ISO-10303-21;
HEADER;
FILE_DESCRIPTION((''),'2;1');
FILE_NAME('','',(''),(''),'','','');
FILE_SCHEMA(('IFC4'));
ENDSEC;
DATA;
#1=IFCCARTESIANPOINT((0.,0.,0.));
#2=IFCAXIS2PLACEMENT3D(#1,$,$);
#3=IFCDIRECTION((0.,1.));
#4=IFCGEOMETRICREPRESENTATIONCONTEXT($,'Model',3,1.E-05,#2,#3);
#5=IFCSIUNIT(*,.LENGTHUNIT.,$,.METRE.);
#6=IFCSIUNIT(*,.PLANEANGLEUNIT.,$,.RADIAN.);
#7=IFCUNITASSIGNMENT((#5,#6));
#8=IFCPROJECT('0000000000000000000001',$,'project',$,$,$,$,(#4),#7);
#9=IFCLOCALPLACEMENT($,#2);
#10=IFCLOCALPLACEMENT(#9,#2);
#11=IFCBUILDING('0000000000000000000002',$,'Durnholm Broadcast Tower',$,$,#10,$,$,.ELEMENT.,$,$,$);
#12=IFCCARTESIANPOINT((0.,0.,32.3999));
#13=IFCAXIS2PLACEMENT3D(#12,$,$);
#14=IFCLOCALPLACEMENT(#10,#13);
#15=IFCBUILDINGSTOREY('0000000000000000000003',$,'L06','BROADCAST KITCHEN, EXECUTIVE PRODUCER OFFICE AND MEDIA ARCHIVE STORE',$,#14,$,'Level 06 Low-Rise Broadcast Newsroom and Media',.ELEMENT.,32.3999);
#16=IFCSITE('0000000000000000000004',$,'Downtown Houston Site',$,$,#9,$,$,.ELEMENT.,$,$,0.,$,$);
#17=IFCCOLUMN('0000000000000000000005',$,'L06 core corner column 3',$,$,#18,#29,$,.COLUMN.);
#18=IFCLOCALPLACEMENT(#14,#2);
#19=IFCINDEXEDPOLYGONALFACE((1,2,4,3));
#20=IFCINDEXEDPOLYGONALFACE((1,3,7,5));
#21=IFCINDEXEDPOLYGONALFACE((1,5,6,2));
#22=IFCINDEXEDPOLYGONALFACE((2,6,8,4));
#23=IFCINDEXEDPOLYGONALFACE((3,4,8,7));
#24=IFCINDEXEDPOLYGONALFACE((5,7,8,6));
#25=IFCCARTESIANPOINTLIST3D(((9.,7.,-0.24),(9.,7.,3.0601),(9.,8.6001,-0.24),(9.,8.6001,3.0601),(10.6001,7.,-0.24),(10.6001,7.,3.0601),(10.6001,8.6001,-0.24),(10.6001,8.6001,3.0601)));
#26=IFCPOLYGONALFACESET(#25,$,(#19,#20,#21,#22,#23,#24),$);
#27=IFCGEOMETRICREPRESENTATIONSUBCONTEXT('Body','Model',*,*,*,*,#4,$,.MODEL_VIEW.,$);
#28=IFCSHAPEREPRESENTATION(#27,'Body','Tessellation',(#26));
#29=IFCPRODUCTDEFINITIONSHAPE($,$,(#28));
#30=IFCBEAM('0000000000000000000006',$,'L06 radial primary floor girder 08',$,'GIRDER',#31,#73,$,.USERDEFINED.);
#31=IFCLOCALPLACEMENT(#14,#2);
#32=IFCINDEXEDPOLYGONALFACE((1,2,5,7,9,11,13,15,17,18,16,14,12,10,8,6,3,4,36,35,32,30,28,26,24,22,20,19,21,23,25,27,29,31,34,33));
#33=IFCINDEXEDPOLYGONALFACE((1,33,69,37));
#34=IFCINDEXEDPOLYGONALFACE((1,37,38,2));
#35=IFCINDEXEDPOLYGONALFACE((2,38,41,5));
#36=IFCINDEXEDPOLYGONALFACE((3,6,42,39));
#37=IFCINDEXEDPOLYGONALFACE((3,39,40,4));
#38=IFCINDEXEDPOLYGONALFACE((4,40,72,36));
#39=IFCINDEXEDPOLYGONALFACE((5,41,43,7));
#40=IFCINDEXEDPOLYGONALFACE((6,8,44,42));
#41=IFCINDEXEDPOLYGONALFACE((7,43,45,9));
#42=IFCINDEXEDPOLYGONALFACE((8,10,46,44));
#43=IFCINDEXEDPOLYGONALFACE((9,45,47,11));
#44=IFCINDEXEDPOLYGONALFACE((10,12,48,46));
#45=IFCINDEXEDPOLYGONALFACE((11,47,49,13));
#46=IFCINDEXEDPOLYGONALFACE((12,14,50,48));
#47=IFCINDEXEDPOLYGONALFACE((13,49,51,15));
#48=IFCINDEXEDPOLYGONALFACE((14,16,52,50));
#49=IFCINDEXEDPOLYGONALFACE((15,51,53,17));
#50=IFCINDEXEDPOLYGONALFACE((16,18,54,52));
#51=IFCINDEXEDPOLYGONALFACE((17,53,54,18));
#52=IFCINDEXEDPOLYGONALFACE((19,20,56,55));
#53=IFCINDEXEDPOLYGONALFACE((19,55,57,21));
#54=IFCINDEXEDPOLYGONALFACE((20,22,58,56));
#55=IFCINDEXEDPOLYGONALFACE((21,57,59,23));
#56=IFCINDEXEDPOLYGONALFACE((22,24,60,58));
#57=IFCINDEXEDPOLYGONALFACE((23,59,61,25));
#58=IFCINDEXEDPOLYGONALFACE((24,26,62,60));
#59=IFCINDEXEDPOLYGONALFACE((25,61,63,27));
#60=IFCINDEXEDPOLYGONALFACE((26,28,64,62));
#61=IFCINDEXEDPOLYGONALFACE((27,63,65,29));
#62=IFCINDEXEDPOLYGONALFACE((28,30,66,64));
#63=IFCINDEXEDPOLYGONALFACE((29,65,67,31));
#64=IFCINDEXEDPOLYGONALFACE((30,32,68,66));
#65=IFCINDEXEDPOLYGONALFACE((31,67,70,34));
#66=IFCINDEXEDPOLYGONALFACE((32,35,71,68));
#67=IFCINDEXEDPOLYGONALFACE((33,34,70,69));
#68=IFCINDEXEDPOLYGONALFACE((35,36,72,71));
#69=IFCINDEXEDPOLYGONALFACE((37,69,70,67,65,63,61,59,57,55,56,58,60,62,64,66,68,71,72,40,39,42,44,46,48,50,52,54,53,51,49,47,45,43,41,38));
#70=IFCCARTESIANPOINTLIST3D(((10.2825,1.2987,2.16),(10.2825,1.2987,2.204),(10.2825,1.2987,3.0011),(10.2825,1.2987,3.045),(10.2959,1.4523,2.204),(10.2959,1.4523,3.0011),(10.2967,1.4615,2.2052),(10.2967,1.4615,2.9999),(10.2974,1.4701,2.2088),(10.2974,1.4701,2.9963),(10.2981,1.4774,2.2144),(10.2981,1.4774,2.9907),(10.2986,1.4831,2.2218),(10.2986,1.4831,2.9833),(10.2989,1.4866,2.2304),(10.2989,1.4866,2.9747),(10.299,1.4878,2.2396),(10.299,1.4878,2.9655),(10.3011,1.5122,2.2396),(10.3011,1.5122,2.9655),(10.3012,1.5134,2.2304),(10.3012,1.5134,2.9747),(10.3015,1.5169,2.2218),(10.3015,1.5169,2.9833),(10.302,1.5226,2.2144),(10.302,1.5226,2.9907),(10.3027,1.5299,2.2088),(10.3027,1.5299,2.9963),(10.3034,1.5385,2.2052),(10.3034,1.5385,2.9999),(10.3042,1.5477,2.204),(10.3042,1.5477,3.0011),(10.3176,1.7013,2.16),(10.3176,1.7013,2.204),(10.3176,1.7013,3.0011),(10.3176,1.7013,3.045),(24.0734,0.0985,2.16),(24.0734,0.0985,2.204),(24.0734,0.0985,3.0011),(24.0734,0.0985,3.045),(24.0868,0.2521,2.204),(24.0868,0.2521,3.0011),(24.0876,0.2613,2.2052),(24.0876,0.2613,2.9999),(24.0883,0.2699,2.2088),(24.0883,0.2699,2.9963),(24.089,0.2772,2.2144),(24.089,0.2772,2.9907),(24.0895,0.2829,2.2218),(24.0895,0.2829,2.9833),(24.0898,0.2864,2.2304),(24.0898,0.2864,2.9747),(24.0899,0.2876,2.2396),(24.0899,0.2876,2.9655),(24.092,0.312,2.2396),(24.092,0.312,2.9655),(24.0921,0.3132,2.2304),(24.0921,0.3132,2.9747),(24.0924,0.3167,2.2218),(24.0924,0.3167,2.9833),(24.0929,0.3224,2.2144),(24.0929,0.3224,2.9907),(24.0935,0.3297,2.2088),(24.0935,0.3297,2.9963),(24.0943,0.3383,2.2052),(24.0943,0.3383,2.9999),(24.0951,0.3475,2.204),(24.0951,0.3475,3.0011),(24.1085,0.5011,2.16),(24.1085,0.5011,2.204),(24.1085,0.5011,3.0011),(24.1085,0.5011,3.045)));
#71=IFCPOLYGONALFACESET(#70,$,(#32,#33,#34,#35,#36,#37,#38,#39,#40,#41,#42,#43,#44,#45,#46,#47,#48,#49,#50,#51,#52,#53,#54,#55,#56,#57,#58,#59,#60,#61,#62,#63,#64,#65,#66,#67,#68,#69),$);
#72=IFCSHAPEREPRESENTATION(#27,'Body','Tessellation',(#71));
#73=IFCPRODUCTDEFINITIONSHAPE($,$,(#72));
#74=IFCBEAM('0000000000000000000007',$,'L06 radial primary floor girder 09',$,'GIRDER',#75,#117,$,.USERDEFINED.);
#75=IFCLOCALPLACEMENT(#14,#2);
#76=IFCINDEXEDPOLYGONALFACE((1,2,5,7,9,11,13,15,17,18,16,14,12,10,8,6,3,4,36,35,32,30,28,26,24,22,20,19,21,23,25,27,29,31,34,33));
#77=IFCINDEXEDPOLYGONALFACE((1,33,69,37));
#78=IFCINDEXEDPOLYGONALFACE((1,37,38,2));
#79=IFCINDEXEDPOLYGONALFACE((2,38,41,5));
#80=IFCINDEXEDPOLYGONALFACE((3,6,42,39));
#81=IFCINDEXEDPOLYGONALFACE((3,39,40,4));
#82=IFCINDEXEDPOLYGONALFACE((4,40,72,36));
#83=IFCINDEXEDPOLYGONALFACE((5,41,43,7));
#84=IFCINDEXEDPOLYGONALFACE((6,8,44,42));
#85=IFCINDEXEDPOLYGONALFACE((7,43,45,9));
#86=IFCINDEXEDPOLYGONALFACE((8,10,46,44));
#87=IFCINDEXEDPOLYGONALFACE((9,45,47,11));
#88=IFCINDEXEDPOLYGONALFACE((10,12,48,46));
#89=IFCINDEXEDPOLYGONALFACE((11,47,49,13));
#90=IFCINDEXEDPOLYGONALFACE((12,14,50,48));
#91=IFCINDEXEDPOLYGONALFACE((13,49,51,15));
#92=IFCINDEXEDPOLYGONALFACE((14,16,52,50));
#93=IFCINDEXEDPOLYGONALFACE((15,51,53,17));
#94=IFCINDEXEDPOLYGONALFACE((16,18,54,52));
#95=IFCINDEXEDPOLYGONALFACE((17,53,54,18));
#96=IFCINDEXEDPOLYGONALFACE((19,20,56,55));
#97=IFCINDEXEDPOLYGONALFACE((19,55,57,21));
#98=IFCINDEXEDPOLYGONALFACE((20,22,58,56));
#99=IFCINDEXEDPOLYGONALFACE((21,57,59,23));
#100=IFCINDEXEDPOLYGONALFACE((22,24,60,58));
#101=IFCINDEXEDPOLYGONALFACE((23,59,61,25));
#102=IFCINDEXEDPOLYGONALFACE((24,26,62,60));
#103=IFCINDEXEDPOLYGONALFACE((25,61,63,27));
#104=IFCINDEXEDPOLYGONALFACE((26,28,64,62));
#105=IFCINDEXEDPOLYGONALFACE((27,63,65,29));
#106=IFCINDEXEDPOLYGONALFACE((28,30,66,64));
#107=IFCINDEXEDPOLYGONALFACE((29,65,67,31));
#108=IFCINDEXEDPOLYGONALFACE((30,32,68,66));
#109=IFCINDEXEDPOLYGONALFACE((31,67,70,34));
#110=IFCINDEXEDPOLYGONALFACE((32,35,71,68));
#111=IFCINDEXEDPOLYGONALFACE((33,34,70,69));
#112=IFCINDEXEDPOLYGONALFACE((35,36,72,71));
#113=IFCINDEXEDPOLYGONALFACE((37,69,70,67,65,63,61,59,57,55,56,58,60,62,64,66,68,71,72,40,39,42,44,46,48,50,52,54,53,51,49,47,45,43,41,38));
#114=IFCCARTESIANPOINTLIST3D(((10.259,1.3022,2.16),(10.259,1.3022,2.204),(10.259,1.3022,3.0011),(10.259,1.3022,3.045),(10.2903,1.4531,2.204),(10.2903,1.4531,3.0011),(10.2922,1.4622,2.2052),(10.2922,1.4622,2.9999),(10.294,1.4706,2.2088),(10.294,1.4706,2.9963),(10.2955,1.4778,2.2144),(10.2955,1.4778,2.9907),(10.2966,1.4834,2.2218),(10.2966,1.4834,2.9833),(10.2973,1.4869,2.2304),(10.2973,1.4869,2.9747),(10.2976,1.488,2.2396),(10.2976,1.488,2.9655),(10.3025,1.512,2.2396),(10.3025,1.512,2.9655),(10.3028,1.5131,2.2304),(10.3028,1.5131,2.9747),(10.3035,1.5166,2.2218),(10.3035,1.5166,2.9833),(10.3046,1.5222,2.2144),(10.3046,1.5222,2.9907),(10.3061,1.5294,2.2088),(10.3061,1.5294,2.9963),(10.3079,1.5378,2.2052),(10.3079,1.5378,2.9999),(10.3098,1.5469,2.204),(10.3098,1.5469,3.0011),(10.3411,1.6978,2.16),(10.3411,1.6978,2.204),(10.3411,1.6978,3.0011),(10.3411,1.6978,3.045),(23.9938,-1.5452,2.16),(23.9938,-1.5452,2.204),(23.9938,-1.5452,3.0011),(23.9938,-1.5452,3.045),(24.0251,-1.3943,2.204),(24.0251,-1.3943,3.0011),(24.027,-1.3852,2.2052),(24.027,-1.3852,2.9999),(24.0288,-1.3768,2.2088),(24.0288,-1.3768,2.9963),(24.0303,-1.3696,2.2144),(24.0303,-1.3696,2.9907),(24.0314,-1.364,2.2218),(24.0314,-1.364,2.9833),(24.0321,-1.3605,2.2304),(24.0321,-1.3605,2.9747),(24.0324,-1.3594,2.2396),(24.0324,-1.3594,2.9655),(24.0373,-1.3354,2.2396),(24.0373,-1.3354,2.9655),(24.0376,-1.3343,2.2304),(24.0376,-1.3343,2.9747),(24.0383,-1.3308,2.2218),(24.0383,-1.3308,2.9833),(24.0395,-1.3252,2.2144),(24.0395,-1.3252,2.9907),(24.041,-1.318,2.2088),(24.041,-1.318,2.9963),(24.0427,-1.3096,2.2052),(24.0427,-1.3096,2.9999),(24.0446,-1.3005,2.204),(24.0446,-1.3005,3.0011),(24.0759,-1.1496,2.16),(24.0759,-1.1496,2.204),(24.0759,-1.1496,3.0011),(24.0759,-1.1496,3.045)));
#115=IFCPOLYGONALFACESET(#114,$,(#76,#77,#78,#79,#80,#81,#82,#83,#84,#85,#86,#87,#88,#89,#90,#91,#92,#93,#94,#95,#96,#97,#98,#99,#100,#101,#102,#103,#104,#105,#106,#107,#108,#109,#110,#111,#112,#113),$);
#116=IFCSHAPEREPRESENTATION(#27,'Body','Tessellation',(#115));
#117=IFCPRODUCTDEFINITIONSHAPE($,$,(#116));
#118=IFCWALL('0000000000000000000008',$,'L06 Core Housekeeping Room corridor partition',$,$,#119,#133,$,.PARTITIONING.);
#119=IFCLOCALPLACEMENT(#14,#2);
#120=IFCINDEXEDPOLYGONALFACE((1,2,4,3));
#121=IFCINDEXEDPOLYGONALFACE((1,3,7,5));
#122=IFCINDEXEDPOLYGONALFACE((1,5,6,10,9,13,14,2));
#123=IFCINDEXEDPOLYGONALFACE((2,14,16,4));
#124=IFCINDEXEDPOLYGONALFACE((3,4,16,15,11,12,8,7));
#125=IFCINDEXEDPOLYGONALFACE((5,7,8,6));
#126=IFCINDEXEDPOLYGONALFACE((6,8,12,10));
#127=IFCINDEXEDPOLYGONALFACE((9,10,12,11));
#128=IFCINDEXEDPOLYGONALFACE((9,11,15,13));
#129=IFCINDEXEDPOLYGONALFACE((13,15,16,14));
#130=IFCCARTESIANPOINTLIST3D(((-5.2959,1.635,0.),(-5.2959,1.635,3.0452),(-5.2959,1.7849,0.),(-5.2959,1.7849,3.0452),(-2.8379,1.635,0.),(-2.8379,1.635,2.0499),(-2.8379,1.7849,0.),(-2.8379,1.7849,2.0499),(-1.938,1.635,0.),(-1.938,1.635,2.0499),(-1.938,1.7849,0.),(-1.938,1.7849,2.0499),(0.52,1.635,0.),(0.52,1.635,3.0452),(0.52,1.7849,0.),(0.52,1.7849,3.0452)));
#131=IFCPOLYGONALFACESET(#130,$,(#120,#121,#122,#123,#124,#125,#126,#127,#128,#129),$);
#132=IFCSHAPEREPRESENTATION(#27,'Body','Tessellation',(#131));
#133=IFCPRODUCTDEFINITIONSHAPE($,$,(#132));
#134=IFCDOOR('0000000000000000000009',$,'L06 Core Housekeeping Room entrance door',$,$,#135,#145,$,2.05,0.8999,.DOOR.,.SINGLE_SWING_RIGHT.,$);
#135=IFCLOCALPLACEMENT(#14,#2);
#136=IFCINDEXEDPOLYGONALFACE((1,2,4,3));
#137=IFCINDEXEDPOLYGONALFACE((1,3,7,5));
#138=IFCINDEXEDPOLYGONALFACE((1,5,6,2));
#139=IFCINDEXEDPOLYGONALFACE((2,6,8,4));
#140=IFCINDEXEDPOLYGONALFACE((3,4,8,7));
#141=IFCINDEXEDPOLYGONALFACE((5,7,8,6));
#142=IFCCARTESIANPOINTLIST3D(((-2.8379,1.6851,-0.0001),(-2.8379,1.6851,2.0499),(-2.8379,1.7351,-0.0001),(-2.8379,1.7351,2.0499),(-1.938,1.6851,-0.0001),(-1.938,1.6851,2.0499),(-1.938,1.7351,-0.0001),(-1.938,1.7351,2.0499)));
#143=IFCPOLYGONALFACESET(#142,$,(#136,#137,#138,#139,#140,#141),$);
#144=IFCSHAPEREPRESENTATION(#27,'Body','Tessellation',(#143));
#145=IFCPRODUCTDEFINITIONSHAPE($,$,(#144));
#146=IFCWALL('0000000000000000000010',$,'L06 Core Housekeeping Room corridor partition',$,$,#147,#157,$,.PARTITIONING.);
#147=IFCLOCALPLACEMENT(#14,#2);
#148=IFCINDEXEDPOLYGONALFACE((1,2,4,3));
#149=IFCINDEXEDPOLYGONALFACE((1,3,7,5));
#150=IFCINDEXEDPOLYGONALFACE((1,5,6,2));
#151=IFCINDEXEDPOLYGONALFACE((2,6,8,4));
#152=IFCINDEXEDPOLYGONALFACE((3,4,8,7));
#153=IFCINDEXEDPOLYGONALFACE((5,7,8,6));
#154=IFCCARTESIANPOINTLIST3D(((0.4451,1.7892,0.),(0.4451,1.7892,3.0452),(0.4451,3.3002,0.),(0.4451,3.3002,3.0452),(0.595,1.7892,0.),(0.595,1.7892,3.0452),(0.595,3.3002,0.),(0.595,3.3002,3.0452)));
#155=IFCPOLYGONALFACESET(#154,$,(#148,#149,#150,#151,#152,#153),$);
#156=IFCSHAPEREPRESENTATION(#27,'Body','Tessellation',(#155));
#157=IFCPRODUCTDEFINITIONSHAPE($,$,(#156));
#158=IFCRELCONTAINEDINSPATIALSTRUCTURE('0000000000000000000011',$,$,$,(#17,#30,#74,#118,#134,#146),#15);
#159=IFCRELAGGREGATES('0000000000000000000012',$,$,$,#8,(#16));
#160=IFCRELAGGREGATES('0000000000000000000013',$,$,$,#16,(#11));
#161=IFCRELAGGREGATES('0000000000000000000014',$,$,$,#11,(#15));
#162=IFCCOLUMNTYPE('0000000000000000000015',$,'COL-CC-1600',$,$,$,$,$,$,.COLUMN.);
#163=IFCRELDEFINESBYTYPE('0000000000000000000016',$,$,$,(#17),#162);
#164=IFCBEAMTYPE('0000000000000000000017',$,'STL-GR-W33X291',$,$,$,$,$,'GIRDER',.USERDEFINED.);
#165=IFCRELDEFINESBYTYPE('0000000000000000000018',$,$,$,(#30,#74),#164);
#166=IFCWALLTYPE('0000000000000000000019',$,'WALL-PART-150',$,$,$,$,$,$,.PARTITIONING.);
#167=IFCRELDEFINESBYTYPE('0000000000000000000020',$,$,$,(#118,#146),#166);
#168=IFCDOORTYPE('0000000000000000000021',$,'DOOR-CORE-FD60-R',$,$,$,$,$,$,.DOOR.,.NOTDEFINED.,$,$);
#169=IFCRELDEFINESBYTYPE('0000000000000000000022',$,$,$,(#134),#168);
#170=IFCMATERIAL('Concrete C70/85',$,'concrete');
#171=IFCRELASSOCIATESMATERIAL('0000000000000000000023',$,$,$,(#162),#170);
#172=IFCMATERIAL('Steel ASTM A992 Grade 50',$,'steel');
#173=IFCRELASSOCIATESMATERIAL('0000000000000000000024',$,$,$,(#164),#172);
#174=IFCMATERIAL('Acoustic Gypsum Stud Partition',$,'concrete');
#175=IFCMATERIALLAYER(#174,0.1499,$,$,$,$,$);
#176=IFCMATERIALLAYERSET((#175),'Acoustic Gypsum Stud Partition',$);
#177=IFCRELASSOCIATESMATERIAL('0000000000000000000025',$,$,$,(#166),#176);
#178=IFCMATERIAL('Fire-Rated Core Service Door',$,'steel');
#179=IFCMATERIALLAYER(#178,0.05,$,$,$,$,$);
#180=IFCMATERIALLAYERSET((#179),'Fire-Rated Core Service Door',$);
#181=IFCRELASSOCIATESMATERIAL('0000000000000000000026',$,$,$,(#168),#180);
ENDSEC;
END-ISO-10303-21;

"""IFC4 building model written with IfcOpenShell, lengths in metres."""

from ifc_helpers import new_model, si_unit, direction, frame, frame_2d, origin, origin_2d, place, context, subcontext, project, spatial, rectangle, i_section, extrude, source, transform, mapped, material, layer, layer_set, material_profile, profile_set, type_object, type_shapes, element, fill, save


model = new_model("IFC4")

# Units and contexts
model_context = context("Model", 3, precision=1e-05, world=origin(), true_north=direction((0.0, 1.0)))
body_context = subcontext(model_context, "Body", "Model", "MODEL_VIEW")
ifc_project = project(units=[si_unit("LENGTHUNIT", "METRE"), si_unit("PLANEANGLEUNIT", "RADIAN")], contexts=[model_context])

# Site, building, storey
site_placement = place(None, origin())
site = spatial("IfcSite", under=ifc_project, at=site_placement, Name="Downtown Houston Site", CompositionType="ELEMENT", RefElevation=0.0)
building_placement = place(site_placement, origin())
building = spatial("IfcBuilding", under=site, at=building_placement, Name="Durnholm Broadcast Tower", CompositionType="ELEMENT")
storey_placement = place(building_placement, frame((0.0, 0.0, 32.3999)))
storey = spatial("IfcBuildingStorey", under=building, at=storey_placement, Name="L06", Description="BROADCAST KITCHEN, EXECUTIVE PRODUCER OFFICE AND MEDIA ARCHIVE STORE", LongName="Level 06 Low-Rise Broadcast Newsroom and Media", CompositionType="ELEMENT", Elevation=32.3999)

# Column
ifc_material_1 = material(Name="Concrete C70/85", Category="concrete")
ifc_material_profile_1 = material_profile(ifc_material_1, rectangle(XDim=1.6001, YDim=1.6001, at=origin_2d()), Name="RC1600X1600")
ifc_profile_set_1 = profile_set([ifc_material_profile_1], Name="Concrete C70/85")
column_type = type_object("IfcColumnType", Name="COL-CC-1600", PredefinedType="COLUMN", material=ifc_profile_set_1)
shared_shape_1 = source(origin(), body_context, "Body", "SweptSolid", [
    extrude(rectangle(XDim=1.6001, YDim=1.6001, at=origin_2d()), origin(), (0.0, 0.0, 1.0), 3.3),
])
type_shapes(column_type, [shared_shape_1])
column_placement = place(storey_placement, frame((9.8, 7.8, -0.24), z_axis=(0.0, 0.0, 1.0), x_axis=(1.0, 0.0, 0.0)))
element("IfcColumn", 1, at=column_placement, inside=storey, type_object=column_type, Name="L06 core corner column 3", PredefinedType="COLUMN", context=body_context, shape_type="MappedRepresentation", body=[
    mapped(shared_shape_1, transform((0.0, 0.0, 0.0), x_axis=(1.0, 0.0, 0.0), y_axis=(0.0, 1.0, 0.0), z_axis=(0.0, 0.0, 1.0), scale=1.0)),
])

# Beams
ifc_material_2 = material(Name="Steel ASTM A992 Grade 50", Category="steel")
ifc_material_profile_2 = material_profile(ifc_material_2, i_section(OverallWidth=0.4041, OverallDepth=0.885, WebThickness=0.0244, FlangeThickness=0.0439, FilletRadius=0.0356, at=origin_2d()), Name="W33X291")
ifc_profile_set_2 = profile_set([ifc_material_profile_2], Name="Steel ASTM A992 Grade 50")
beam_type = type_object("IfcBeamType", Name="STL-GR-W33X291", ElementType="GIRDER", PredefinedType="USERDEFINED", material=ifc_profile_set_2)
shared_shape_2 = source(origin(), body_context, "Body", "SweptSolid", [
    extrude(i_section(OverallWidth=0.4041, OverallDepth=0.885, WebThickness=0.0244, FlangeThickness=0.0439, FilletRadius=0.0356, at=origin_2d()), origin(), (0.0, 0.0, 1.0), 13.843),
])
beam_1_placement = place(storey_placement, frame((10.3, 1.5, 2.6025), z_axis=(0.996234, -0.086701, 0.0), x_axis=(0.086701, 0.996234, 0.0)))
element("IfcBeam", 2, at=beam_1_placement, inside=storey, type_object=beam_type, Name="L06 radial primary floor girder 08", ObjectType="GIRDER", PredefinedType="USERDEFINED", context=body_context, shape_type="MappedRepresentation", body=[
    mapped(shared_shape_2, transform((0.0, 0.0, 0.0), x_axis=(1.0, 0.0, 0.0), y_axis=(0.0, 1.0, 0.0), z_axis=(0.0, 0.0, 1.0), scale=1.0)),
])
shared_shape_3 = source(origin(), body_context, "Body", "SweptSolid", [
    extrude(i_section(OverallWidth=0.4041, OverallDepth=0.885, WebThickness=0.0244, FlangeThickness=0.0439, FilletRadius=0.0356, at=origin_2d()), origin(), (0.0, 0.0, 1.0), 14.0269),
])
type_shapes(beam_type, [shared_shape_2, shared_shape_3])
beam_2_placement = place(storey_placement, frame((10.3, 1.5, 2.6025), z_axis=(0.979179, -0.202996, 0.0), x_axis=(0.202996, 0.979179, 0.0)))
element("IfcBeam", 3, at=beam_2_placement, inside=storey, type_object=beam_type, Name="L06 radial primary floor girder 09", ObjectType="GIRDER", PredefinedType="USERDEFINED", context=body_context, shape_type="MappedRepresentation", body=[
    mapped(shared_shape_3, transform((0.0, 0.0, 0.0), x_axis=(1.0, 0.0, 0.0), y_axis=(0.0, 1.0, 0.0), z_axis=(0.0, 0.0, 1.0), scale=1.0)),
])

# Wall, opening, door
ifc_material_3 = material(Name="Acoustic Gypsum Stud Partition", Category="concrete")
ifc_layer_1 = layer(ifc_material_3, 0.1499)
ifc_layer_set_1 = layer_set([ifc_layer_1], Name="Acoustic Gypsum Stud Partition")
wall_type_1 = type_object("IfcWallType", Name="WALL-PART-150", PredefinedType="PARTITIONING", material=ifc_layer_set_1)
wall_1_placement = place(storey_placement, frame((0.52, 1.71, 0.0), z_axis=(0.0, 0.0, 1.0), x_axis=(-1.0, 0.0, 0.0)))
wall_1 = element("IfcWall", 4, at=wall_1_placement, inside=storey, type_object=wall_type_1, Name="L06 Core Housekeeping Room corridor partition", PredefinedType="PARTITIONING", context=body_context, shape_type="SweptSolid", body=[
    extrude(rectangle(XDim=5.8159, YDim=0.1499, at=frame_2d((2.908, 0.0))), origin(), (0.0, 0.0, 1.0), 3.0452),
])
opening_1_placement = place(wall_1_placement, frame((2.458, 0.0, 0.0)))
opening_1 = element("IfcOpeningElement", 5, at=opening_1_placement, cuts=wall_1, PredefinedType="OPENING", context=body_context, shape_type="SweptSolid", body=[
    extrude(rectangle(XDim=0.8999, YDim=2.05, at=frame_2d((0.45, 1.0249))), frame((0.0, 0.085, 0.0), z_axis=(0.0, -1.0, 0.0), x_axis=(1.0, 0.0, 0.0)), (0.0, 0.0, 1.0), 0.1699),
])
ifc_material_4 = material(Name="Fire-Rated Core Service Door", Category="steel")
ifc_layer_2 = layer(ifc_material_4, 0.05)
ifc_layer_set_2 = layer_set([ifc_layer_2], Name="Fire-Rated Core Service Door")
door_type_1 = type_object("IfcDoorType", Name="DOOR-CORE-FD60-R", OperationType="NOTDEFINED", PredefinedType="DOOR", material=ifc_layer_set_2)
shared_shape_4 = source(origin(), body_context, "Body", "SweptSolid", [
    extrude(rectangle(XDim=0.8999, YDim=2.05, at=frame_2d((0.45, 1.0249))), frame((0.0, 0.0249, 0.0), z_axis=(0.0, -1.0, 0.0), x_axis=(1.0, 0.0, 0.0)), (0.0, 0.0, 1.0), 0.05),
])
type_shapes(door_type_1, [shared_shape_4])
door_1_placement = place(opening_1_placement, origin())
door_1 = element("IfcDoor", 6, at=door_1_placement, inside=storey, type_object=door_type_1, Name="L06 Core Housekeeping Room entrance door", OperationType="SINGLE_SWING_RIGHT", OverallHeight=2.05, OverallWidth=0.8999, PredefinedType="DOOR", context=body_context, shape_type="MappedRepresentation", body=[
    mapped(shared_shape_4, transform((0.0, 0.0, 0.0), x_axis=(1.0, 0.0, 0.0), y_axis=(0.0, 1.0, 0.0), z_axis=(0.0, 0.0, 1.0), scale=1.0)),
])
fill(opening_1, door_1)

# Wall
wall_2_placement = place(storey_placement, frame((0.52, 3.3, 0.0), z_axis=(0.0, 0.0, 1.0), x_axis=(0.0, -1.0, 0.0)))
element("IfcWall", 7, at=wall_2_placement, inside=storey, type_object=wall_type_1, Name="L06 Core Housekeeping Room corridor partition", PredefinedType="PARTITIONING", context=body_context, shape_type="SweptSolid", body=[
    extrude(rectangle(XDim=1.511, YDim=0.1499, at=frame_2d((0.7554, 0.0))), origin(), (0.0, 0.0, 1.0), 3.0452),
])

save(model, "model.ifc")
